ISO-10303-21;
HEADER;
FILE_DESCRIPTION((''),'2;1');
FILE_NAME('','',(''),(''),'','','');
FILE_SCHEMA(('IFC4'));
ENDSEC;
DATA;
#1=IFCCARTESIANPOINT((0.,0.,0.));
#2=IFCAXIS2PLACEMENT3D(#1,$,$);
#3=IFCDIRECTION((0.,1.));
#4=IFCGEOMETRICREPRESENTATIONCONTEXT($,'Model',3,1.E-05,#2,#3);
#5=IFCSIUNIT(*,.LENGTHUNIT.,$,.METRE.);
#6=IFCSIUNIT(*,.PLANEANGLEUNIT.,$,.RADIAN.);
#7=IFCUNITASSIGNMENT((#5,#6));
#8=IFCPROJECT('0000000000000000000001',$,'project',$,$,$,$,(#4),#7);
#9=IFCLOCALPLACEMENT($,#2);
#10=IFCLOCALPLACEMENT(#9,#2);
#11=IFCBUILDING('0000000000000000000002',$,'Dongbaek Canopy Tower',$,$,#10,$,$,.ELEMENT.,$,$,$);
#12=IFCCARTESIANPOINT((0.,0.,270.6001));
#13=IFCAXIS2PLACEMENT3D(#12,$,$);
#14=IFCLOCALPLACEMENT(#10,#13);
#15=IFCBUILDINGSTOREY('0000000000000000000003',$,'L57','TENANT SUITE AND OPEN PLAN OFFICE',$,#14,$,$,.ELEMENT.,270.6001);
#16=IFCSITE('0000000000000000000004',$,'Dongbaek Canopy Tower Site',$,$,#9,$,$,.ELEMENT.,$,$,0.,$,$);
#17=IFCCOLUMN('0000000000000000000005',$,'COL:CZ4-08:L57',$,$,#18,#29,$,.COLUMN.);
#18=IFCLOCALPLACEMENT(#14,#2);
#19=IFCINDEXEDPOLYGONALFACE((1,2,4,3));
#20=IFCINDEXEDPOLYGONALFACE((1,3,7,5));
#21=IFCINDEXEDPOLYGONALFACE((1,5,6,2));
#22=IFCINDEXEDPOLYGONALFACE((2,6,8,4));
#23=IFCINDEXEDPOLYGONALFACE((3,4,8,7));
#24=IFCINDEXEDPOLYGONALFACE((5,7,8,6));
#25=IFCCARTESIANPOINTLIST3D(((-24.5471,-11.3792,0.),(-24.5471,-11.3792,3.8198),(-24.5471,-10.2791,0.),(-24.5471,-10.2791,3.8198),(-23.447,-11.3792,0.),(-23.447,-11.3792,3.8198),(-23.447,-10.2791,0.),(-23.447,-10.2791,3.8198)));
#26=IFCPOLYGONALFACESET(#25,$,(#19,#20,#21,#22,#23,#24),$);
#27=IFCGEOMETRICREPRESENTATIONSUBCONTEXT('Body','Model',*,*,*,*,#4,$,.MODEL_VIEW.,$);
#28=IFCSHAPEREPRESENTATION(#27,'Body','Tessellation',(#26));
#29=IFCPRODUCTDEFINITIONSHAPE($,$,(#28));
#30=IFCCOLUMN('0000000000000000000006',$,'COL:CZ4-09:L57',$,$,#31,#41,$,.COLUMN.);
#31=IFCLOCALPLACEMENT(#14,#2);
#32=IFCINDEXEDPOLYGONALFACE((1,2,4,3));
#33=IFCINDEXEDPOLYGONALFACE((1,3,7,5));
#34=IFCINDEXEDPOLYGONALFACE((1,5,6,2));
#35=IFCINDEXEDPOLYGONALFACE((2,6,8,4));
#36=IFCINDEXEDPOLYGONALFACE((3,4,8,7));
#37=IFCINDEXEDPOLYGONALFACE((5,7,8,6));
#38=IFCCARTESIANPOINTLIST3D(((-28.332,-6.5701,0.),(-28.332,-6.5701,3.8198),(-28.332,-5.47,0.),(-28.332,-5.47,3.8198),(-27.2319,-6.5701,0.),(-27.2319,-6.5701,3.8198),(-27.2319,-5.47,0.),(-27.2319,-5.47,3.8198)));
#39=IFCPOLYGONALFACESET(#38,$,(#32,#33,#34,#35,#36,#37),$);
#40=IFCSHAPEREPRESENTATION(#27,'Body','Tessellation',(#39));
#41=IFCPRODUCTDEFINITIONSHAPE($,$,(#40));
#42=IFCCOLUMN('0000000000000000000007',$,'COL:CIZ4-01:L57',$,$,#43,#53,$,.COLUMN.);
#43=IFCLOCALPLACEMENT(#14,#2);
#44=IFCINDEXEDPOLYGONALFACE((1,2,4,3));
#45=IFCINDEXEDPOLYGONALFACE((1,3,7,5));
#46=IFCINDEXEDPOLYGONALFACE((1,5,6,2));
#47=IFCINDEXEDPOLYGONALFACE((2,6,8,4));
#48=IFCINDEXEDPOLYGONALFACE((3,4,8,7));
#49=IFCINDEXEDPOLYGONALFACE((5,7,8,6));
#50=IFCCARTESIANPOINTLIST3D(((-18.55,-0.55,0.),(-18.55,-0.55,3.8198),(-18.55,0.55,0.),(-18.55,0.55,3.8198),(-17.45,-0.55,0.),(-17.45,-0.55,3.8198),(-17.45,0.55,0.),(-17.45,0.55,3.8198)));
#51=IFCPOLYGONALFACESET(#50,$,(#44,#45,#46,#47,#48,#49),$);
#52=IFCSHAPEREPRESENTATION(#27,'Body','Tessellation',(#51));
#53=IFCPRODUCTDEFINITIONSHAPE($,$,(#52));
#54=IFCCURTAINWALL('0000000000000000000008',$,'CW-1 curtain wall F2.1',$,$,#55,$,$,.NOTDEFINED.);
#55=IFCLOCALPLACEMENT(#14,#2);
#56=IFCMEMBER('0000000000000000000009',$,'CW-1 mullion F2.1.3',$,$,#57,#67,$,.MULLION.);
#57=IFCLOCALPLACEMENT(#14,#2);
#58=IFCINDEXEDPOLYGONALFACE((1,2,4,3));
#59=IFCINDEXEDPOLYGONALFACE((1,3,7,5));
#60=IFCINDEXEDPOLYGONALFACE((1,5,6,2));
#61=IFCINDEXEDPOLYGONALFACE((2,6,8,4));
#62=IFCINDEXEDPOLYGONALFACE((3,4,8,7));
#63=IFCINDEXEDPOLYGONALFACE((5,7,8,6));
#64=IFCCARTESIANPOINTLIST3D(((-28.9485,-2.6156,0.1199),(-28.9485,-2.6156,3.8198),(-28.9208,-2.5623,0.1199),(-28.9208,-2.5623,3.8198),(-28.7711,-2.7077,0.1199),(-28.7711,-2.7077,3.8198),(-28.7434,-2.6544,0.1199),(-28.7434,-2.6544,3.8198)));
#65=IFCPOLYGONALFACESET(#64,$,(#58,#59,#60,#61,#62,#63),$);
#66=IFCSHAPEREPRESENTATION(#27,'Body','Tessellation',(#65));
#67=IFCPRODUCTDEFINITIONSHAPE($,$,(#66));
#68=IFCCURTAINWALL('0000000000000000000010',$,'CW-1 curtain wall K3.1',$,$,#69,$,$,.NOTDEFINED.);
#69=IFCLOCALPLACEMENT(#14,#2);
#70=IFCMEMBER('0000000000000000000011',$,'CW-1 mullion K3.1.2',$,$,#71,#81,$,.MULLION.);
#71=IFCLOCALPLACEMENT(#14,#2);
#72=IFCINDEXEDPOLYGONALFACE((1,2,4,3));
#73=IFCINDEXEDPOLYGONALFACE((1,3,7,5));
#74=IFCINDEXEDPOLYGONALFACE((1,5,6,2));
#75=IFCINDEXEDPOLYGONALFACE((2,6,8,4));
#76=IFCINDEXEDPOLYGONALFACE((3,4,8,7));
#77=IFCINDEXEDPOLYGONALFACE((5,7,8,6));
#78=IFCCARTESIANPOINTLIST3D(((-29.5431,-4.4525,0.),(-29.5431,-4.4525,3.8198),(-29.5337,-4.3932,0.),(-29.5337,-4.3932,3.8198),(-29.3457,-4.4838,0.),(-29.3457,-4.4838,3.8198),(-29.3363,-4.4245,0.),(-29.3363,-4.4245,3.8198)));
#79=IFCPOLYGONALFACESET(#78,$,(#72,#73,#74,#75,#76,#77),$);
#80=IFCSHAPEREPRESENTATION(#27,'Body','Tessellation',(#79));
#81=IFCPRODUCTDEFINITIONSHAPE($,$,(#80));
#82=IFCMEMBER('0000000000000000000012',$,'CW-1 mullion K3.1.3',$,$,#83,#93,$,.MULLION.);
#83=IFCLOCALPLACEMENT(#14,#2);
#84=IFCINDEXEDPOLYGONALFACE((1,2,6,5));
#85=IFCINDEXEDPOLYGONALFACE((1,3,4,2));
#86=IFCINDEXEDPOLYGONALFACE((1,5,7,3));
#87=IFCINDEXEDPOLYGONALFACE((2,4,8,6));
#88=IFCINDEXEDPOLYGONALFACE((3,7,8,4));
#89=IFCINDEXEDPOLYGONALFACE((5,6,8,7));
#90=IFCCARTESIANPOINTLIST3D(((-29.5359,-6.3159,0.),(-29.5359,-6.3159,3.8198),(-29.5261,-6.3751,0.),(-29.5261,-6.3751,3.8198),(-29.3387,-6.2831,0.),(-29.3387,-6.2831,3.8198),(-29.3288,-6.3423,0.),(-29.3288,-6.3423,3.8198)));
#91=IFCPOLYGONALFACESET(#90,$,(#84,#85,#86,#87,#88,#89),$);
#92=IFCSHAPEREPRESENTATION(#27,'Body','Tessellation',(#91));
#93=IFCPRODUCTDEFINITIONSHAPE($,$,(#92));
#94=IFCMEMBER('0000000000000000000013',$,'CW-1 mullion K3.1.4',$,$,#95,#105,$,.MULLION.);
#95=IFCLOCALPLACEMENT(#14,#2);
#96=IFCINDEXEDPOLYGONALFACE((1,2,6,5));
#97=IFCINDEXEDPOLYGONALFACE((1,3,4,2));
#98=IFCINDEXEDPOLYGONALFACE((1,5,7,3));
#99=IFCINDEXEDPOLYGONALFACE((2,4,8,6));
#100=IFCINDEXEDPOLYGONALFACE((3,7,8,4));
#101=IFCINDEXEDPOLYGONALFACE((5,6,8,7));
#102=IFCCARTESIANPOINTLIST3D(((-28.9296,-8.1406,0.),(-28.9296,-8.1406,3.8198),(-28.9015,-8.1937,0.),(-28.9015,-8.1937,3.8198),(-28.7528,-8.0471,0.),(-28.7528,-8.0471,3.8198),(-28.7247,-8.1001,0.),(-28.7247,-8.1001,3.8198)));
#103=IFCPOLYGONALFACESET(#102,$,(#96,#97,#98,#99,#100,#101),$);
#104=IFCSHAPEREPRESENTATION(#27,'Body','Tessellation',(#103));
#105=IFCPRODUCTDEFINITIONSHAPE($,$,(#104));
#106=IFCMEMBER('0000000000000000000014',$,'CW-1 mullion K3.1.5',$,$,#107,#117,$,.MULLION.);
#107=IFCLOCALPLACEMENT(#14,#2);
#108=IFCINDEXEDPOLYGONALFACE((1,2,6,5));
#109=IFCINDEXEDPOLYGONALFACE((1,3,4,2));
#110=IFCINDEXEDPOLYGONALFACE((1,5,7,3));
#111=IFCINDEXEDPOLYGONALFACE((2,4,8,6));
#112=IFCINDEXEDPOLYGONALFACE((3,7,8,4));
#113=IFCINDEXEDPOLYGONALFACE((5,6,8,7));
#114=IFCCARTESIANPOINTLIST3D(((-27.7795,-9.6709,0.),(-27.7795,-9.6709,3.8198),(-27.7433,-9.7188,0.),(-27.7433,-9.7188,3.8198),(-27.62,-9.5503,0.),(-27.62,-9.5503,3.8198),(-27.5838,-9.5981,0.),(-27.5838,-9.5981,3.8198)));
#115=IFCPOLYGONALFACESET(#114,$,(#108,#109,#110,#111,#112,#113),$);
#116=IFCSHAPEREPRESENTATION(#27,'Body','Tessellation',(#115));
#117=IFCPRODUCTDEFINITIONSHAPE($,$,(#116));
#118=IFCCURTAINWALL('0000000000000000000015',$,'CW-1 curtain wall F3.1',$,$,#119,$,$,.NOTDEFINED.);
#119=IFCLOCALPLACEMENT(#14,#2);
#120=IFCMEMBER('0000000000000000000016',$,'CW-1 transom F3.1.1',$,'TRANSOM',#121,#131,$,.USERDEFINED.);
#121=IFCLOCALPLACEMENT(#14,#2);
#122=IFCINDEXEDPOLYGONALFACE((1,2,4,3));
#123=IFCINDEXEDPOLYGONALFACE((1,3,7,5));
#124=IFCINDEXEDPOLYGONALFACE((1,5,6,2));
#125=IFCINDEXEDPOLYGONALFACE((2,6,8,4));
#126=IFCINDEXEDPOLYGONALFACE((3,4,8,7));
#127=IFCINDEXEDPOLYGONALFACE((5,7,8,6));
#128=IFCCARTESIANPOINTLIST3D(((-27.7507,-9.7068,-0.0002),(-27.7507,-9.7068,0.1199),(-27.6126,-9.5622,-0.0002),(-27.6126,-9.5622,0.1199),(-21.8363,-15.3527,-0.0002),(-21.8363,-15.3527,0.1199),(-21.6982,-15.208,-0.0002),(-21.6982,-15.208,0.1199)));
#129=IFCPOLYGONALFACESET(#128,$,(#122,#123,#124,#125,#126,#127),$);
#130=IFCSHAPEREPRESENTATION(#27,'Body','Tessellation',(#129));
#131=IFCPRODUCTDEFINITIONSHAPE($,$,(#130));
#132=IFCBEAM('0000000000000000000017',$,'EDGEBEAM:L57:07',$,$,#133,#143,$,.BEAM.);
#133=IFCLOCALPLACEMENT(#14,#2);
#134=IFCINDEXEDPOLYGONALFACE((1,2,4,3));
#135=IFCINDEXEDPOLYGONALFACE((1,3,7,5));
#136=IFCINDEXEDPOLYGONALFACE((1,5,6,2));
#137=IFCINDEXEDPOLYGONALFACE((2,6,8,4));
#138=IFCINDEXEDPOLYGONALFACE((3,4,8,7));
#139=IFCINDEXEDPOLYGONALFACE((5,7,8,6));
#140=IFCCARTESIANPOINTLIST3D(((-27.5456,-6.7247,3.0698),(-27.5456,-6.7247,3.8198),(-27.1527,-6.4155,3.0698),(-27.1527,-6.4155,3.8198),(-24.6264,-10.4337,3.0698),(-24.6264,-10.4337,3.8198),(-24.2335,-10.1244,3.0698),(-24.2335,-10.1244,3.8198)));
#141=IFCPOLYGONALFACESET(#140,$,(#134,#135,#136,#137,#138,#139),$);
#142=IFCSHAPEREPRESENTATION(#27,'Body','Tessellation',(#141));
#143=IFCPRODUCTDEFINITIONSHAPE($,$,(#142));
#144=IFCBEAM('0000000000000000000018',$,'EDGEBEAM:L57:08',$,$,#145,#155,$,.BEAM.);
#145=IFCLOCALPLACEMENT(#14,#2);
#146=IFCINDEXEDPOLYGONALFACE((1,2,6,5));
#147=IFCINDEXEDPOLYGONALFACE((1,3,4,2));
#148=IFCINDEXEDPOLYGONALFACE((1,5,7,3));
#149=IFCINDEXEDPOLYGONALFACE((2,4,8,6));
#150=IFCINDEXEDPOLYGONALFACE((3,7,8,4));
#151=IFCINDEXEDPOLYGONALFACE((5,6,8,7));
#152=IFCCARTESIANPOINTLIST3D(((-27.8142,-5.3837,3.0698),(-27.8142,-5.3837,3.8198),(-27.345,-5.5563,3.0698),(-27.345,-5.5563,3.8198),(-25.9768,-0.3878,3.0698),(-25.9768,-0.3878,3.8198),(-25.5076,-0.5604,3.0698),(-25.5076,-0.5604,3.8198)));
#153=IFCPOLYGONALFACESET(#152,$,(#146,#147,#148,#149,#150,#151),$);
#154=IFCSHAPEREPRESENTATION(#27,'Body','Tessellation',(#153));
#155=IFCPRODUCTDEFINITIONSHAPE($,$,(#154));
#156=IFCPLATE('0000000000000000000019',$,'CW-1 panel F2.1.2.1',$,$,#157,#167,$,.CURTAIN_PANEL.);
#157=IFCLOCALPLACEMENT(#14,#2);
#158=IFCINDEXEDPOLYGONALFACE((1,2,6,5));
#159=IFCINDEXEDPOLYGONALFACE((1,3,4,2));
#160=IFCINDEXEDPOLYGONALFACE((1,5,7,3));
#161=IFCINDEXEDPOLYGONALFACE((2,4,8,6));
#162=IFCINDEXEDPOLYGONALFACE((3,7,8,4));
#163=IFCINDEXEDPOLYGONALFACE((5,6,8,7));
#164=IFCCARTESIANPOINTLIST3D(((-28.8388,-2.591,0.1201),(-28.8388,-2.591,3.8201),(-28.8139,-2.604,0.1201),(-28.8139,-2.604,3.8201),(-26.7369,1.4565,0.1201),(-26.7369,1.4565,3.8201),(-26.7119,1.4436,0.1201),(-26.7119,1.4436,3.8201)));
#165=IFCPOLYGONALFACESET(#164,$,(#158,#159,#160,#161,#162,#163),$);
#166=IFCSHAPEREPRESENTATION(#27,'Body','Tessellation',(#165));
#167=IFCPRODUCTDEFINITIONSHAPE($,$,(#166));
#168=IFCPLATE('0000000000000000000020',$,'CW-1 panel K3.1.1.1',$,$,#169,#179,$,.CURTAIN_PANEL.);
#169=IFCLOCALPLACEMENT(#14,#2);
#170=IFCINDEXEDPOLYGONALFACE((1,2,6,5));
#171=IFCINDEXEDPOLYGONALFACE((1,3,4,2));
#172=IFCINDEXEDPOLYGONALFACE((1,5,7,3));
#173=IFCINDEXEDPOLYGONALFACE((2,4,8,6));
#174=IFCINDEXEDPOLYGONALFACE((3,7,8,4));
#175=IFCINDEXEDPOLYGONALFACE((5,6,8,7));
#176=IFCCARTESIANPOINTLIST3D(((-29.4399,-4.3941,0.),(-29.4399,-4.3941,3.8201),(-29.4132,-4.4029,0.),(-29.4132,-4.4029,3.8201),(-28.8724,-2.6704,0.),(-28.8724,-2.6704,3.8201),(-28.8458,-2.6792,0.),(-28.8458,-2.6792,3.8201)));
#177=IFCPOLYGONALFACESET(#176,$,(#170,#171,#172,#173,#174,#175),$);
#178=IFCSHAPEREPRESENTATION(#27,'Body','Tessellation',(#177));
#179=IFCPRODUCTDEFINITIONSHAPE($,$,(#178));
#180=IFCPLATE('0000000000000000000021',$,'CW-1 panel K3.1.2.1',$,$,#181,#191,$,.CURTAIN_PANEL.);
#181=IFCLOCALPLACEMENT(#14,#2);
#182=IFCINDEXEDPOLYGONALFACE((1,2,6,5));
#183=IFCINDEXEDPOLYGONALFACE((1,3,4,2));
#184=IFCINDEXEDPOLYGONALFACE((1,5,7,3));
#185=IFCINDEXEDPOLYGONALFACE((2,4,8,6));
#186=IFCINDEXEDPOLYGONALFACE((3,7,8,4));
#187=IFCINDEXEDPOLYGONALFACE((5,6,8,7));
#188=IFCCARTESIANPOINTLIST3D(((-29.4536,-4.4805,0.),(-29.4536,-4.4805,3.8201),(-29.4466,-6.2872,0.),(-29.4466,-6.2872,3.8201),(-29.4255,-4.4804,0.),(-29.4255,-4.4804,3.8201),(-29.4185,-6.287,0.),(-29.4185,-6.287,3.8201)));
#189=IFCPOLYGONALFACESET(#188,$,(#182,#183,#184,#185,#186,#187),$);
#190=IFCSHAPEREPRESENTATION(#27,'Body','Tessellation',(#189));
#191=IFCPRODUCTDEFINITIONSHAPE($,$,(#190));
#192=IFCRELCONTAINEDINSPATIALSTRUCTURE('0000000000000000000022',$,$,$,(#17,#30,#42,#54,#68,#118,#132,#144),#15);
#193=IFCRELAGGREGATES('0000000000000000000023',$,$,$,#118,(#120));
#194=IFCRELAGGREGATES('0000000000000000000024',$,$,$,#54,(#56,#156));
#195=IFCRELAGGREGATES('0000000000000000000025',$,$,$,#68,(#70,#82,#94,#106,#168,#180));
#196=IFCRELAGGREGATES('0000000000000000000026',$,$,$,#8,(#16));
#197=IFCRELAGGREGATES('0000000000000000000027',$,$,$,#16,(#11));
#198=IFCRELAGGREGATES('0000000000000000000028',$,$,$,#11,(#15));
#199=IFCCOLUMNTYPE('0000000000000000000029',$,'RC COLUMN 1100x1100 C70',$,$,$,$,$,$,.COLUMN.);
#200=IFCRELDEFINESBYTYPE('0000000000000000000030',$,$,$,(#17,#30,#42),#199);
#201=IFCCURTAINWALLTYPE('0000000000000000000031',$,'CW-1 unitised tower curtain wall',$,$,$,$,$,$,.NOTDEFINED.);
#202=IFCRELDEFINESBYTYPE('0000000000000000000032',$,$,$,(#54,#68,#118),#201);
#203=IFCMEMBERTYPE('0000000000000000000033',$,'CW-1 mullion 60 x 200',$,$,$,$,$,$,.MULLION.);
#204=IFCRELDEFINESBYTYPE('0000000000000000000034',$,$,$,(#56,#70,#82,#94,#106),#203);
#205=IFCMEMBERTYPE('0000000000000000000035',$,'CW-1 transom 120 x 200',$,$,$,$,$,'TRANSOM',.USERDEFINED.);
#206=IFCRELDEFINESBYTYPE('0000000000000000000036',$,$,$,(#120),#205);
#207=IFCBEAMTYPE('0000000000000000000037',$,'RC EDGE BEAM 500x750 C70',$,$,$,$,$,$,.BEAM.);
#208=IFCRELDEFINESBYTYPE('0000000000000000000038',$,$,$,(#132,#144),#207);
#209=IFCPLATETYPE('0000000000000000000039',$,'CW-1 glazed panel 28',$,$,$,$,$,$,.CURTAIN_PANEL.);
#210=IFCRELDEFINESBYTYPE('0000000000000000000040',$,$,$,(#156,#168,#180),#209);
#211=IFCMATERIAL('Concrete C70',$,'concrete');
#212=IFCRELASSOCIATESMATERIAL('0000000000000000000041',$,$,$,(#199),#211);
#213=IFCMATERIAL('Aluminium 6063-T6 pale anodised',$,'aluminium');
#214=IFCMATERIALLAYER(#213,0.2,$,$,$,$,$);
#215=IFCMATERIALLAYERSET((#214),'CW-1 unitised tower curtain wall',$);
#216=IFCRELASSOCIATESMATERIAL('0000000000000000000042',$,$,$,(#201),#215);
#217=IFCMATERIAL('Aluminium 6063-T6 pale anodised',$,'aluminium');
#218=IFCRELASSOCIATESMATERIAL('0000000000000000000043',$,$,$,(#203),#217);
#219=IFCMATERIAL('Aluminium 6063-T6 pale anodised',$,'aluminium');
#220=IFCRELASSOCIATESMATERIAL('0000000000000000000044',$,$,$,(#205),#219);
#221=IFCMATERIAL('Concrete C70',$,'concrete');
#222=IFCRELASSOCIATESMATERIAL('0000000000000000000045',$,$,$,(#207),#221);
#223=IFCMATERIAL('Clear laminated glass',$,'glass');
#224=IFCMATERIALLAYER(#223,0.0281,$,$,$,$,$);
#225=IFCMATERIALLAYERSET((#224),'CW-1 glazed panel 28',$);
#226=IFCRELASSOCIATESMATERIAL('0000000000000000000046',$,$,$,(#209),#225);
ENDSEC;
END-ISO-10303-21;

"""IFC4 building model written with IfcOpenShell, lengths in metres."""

from ifc_helpers import new_model, si_unit, direction, frame, origin, origin_2d, place, context, subcontext, project, spatial, rectangle, extrude, material, layer, layer_set, material_profile, profile_set, type_object, element, aggregate, save


model = new_model("IFC4")

# Units and contexts
model_context = context("Model", 3, precision=1e-05, world=origin(), true_north=direction((0.0, 1.0)))
body_context = subcontext(model_context, "Body", "Model", "MODEL_VIEW")
ifc_project = project(units=[si_unit("LENGTHUNIT", "METRE"), si_unit("PLANEANGLEUNIT", "RADIAN")], contexts=[model_context])

# Site, building, storey
site_placement = place(None, origin())
site = spatial("IfcSite", under=ifc_project, at=site_placement, Name="Dongbaek Canopy Tower Site", CompositionType="ELEMENT", RefElevation=0.0)
building_placement = place(site_placement, origin())
building = spatial("IfcBuilding", under=site, at=building_placement, Name="Dongbaek Canopy Tower", CompositionType="ELEMENT")
storey_placement = place(building_placement, frame((0.0, 0.0, 270.6001)))
storey = spatial("IfcBuildingStorey", under=building, at=storey_placement, Name="L57", Description="TENANT SUITE AND OPEN PLAN OFFICE", CompositionType="ELEMENT", Elevation=270.6001)

# Columns
ifc_material_1 = material(Name="Concrete C70", Category="concrete")
ifc_material_profile_1 = material_profile(ifc_material_1, rectangle(XDim=1.1001, YDim=1.1001, at=origin_2d()), Name="RC COLUMN 1100x1100 C70")
ifc_profile_set_1 = profile_set([ifc_material_profile_1], Name="Concrete C70")
column_type = type_object("IfcColumnType", Name="RC COLUMN 1100x1100 C70", PredefinedType="COLUMN", material=ifc_profile_set_1)
for number, where, z_axis, x_axis, name in (
    (1, (-23.9971, -10.8291, 0.0), (0.0, 0.0, 1.0), (1.0, 0.0, 0.0), "COL:CZ4-08:L57"),
    (2, (-27.782, -6.02, 0.0), (0.0, 0.0, 1.0), (1.0, 0.0, 0.0), "COL:CZ4-09:L57"),
    (3, (-18.0, 0.0, 0.0), (0.0, 0.0, 1.0), (1.0, 0.0, 0.0), "COL:CIZ4-01:L57"),
):
    element("IfcColumn", number, at=place(storey_placement, frame(where, z_axis=z_axis, x_axis=x_axis)), inside=storey, type_object=column_type, Name=name, PredefinedType="COLUMN", context=body_context, shape_type="SweptSolid", body=[
        extrude(rectangle(XDim=1.1001, YDim=1.1001, at=origin_2d()), origin(), (0.0, 0.0, 1.0), 3.8198),
    ])

# Curtain wall, member
ifc_material_2 = material(Name="Aluminium 6063-T6 pale anodised", Category="aluminium")
ifc_layer_1 = layer(ifc_material_2, 0.2)
ifc_layer_set_1 = layer_set([ifc_layer_1], Name="CW-1 unitised tower curtain wall")
curtain_wall_type = type_object("IfcCurtainWallType", Name="CW-1 unitised tower curtain wall", PredefinedType="NOTDEFINED", material=ifc_layer_set_1)
curtain_wall_1_placement = place(storey_placement, origin())
curtain_wall_1 = element("IfcCurtainWall", 4, at=curtain_wall_1_placement, inside=storey, type_object=curtain_wall_type, Name="CW-1 curtain wall F2.1", PredefinedType="NOTDEFINED")
ifc_material_3 = material(Name="Aluminium 6063-T6 pale anodised", Category="aluminium")
ifc_material_profile_2 = material_profile(ifc_material_3, rectangle(XDim=0.2, YDim=0.0601, at=origin_2d()), Name="CW-1 mullion 60 x 200")
ifc_profile_set_2 = profile_set([ifc_material_profile_2], Name="Aluminium 6063-T6 pale anodised")
member_type_1 = type_object("IfcMemberType", Name="CW-1 mullion 60 x 200", PredefinedType="MULLION", material=ifc_profile_set_2)
member_1_placement = place(storey_placement, frame((-28.8459, -2.635, 0.1199), z_axis=(0.0, 0.0, 1.0), x_axis=(-0.887462, 0.46088, 0.0)))
member_1 = element("IfcMember", 5, at=member_1_placement, type_object=member_type_1, Name="CW-1 mullion F2.1.3", PredefinedType="MULLION", context=body_context, shape_type="SweptSolid", body=[
    extrude(rectangle(XDim=0.2, YDim=0.0601, at=origin_2d()), origin(), (0.0, 0.0, 1.0), 3.7),
])

# Curtain wall, members
curtain_wall_2_placement = place(storey_placement, origin())
curtain_wall_2 = element("IfcCurtainWall", 6, at=curtain_wall_2_placement, inside=storey, type_object=curtain_wall_type, Name="CW-1 curtain wall K3.1", PredefinedType="NOTDEFINED")
member_2_placement = place(storey_placement, frame((-29.4397, -4.4385, 0.0), z_axis=(0.0, 0.0, 1.0), x_axis=(-0.987688, 0.156435, 0.0)))
member_2 = element("IfcMember", 7, at=member_2_placement, type_object=member_type_1, Name="CW-1 mullion K3.1.2", PredefinedType="MULLION", context=body_context, shape_type="SweptSolid", body=[
    extrude(rectangle(XDim=0.2, YDim=0.0601, at=origin_2d()), origin(), (0.0, 0.0, 1.0), 3.8198),
])
member_3_placement = place(storey_placement, frame((-29.4324, -6.3291, 0.0), z_axis=(0.0, 0.0, 1.0), x_axis=(-0.986447, -0.164082, 0.0)))
member_3 = element("IfcMember", 8, at=member_3_placement, type_object=member_type_1, Name="CW-1 mullion K3.1.3", PredefinedType="MULLION", context=body_context, shape_type="SweptSolid", body=[
    extrude(rectangle(XDim=0.2, YDim=0.0601, at=origin_2d()), origin(), (0.0, 0.0, 1.0), 3.8198),
])
member_4_placement = place(storey_placement, frame((-28.8271, -8.1204, 0.0), z_axis=(0.0, 0.0, 1.0), x_axis=(-0.883865, -0.467742, 0.0)))
member_4 = element("IfcMember", 9, at=member_4_placement, type_object=member_type_1, Name="CW-1 mullion K3.1.4", PredefinedType="MULLION", context=body_context, shape_type="SweptSolid", body=[
    extrude(rectangle(XDim=0.2, YDim=0.0601, at=origin_2d()), origin(), (0.0, 0.0, 1.0), 3.8198),
])
member_5_placement = place(storey_placement, frame((-27.6816, -9.6345, 0.0), z_axis=(0.0, 0.0, 1.0), x_axis=(-0.797481, -0.603344, 0.0)))
member_5 = element("IfcMember", 10, at=member_5_placement, type_object=member_type_1, Name="CW-1 mullion K3.1.5", PredefinedType="MULLION", context=body_context, shape_type="SweptSolid", body=[
    extrude(rectangle(XDim=0.2, YDim=0.0601, at=origin_2d()), origin(), (0.0, 0.0, 1.0), 3.8198),
])

# Curtain wall, member
curtain_wall_3_placement = place(storey_placement, origin())
curtain_wall_3 = element("IfcCurtainWall", 11, at=curtain_wall_3_placement, inside=storey, type_object=curtain_wall_type, Name="CW-1 curtain wall F3.1", PredefinedType="NOTDEFINED")
ifc_material_4 = material(Name="Aluminium 6063-T6 pale anodised", Category="aluminium")
ifc_material_profile_3 = material_profile(ifc_material_4, rectangle(XDim=0.2, YDim=0.1201, at=origin_2d()), Name="CW-1 transom 120 x 200")
ifc_profile_set_3 = profile_set([ifc_material_profile_3], Name="Aluminium 6063-T6 pale anodised")
member_type_2 = type_object("IfcMemberType", Name="CW-1 transom 120 x 200", ElementType="TRANSOM", PredefinedType="USERDEFINED", material=ifc_profile_set_3)
member_6_placement = place(storey_placement, frame((-27.6816, -9.6345, 0.0598), z_axis=(0.723339, -0.690494, 0.0), x_axis=(0.690494, 0.723339, 0.0)))
member_6 = element("IfcMember", 12, at=member_6_placement, type_object=member_type_2, Name="CW-1 transom F3.1.1", ObjectType="TRANSOM", PredefinedType="USERDEFINED", context=body_context, shape_type="SweptSolid", body=[
    extrude(rectangle(XDim=0.2, YDim=0.1201, at=origin_2d()), origin(), (0.0, 0.0, 1.0), 8.1765),
])
aggregate(curtain_wall_3, [member_6])

# Beams
ifc_material_5 = material(Name="Concrete C70", Category="concrete")
ifc_material_profile_4 = material_profile(ifc_material_5, rectangle(XDim=0.5, YDim=0.75, at=origin_2d()), Name="RC EDGE BEAM 500x750 C70")
ifc_profile_set_4 = profile_set([ifc_material_profile_4], Name="Concrete C70")
beam_type = type_object("IfcBeamType", Name="RC EDGE BEAM 500x750 C70", PredefinedType="BEAM", material=ifc_profile_set_4)
beam_1_placement = place(storey_placement, frame((-24.4299, -10.2791, 3.4448), z_axis=(-0.618475, 0.785805, 0.0), x_axis=(-0.785805, -0.618475, 0.0)))
element("IfcBeam", 13, at=beam_1_placement, inside=storey, type_object=beam_type, Name="EDGEBEAM:L57:07", PredefinedType="BEAM", context=body_context, shape_type="SweptSolid", body=[
    extrude(rectangle(XDim=0.5, YDim=0.75, at=origin_2d()), origin(), (0.0, 0.0, 1.0), 4.72),
])
beam_2_placement = place(storey_placement, frame((-27.5796, -5.47, 3.4448), z_axis=(0.34518, 0.938536, 0.0), x_axis=(-0.938536, 0.34518, 0.0)))
element("IfcBeam", 14, at=beam_2_placement, inside=storey, type_object=beam_type, Name="EDGEBEAM:L57:08", PredefinedType="BEAM", context=body_context, shape_type="SweptSolid", body=[
    extrude(rectangle(XDim=0.5, YDim=0.75, at=origin_2d()), origin(), (0.0, 0.0, 1.0), 5.323),
])

# Plates
ifc_material_6 = material(Name="Clear laminated glass", Category="glass")
ifc_layer_2 = layer(ifc_material_6, 0.0281)
ifc_layer_set_2 = layer_set([ifc_layer_2], Name="CW-1 glazed panel 28")
plate_type = type_object("IfcPlateType", Name="CW-1 glazed panel 28", PredefinedType="CURTAIN_PANEL", material=ifc_layer_set_2)
plate_1_placement = place(storey_placement, frame((-27.7754, -0.5737, 0.1201), z_axis=(0.0, 0.0, 1.0), x_axis=(-0.46088, -0.887462, 0.0)))
plate_1 = element("IfcPlate", 15, at=plate_1_placement, type_object=plate_type, Name="CW-1 panel F2.1.2.1", PredefinedType="CURTAIN_PANEL", context=body_context, shape_type="SweptSolid", body=[
    extrude(rectangle(XDim=4.5608, YDim=0.0281, at=origin_2d()), origin(), (0.0, 0.0, 1.0), 3.7),
])
plate_2_placement = place(storey_placement, frame((-29.1428, -3.5366, 0.0), z_axis=(0.0, 0.0, 1.0), x_axis=(-0.312699, -0.949852, 0.0)))
plate_2 = element("IfcPlate", 16, at=plate_2_placement, type_object=plate_type, Name="CW-1 panel K3.1.1.1", PredefinedType="CURTAIN_PANEL", context=body_context, shape_type="SweptSolid", body=[
    extrude(rectangle(XDim=1.8147, YDim=0.0281, at=origin_2d()), origin(), (0.0, 0.0, 1.0), 3.8201),
])
plate_3_placement = place(storey_placement, frame((-29.436, -5.3838, 0.0), z_axis=(0.0, 0.0, 1.0), x_axis=(0.003874, -0.999992, 0.0)))
plate_3 = element("IfcPlate", 17, at=plate_3_placement, type_object=plate_type, Name="CW-1 panel K3.1.2.1", PredefinedType="CURTAIN_PANEL", context=body_context, shape_type="SweptSolid", body=[
    extrude(rectangle(XDim=1.8066, YDim=0.0281, at=origin_2d()), origin(), (0.0, 0.0, 1.0), 3.8201),
])

aggregate(curtain_wall_1, [member_1, plate_1])
aggregate(curtain_wall_2, [member_2, member_3, member_4, member_5, plate_2, plate_3])

save(model, "model.ifc")
